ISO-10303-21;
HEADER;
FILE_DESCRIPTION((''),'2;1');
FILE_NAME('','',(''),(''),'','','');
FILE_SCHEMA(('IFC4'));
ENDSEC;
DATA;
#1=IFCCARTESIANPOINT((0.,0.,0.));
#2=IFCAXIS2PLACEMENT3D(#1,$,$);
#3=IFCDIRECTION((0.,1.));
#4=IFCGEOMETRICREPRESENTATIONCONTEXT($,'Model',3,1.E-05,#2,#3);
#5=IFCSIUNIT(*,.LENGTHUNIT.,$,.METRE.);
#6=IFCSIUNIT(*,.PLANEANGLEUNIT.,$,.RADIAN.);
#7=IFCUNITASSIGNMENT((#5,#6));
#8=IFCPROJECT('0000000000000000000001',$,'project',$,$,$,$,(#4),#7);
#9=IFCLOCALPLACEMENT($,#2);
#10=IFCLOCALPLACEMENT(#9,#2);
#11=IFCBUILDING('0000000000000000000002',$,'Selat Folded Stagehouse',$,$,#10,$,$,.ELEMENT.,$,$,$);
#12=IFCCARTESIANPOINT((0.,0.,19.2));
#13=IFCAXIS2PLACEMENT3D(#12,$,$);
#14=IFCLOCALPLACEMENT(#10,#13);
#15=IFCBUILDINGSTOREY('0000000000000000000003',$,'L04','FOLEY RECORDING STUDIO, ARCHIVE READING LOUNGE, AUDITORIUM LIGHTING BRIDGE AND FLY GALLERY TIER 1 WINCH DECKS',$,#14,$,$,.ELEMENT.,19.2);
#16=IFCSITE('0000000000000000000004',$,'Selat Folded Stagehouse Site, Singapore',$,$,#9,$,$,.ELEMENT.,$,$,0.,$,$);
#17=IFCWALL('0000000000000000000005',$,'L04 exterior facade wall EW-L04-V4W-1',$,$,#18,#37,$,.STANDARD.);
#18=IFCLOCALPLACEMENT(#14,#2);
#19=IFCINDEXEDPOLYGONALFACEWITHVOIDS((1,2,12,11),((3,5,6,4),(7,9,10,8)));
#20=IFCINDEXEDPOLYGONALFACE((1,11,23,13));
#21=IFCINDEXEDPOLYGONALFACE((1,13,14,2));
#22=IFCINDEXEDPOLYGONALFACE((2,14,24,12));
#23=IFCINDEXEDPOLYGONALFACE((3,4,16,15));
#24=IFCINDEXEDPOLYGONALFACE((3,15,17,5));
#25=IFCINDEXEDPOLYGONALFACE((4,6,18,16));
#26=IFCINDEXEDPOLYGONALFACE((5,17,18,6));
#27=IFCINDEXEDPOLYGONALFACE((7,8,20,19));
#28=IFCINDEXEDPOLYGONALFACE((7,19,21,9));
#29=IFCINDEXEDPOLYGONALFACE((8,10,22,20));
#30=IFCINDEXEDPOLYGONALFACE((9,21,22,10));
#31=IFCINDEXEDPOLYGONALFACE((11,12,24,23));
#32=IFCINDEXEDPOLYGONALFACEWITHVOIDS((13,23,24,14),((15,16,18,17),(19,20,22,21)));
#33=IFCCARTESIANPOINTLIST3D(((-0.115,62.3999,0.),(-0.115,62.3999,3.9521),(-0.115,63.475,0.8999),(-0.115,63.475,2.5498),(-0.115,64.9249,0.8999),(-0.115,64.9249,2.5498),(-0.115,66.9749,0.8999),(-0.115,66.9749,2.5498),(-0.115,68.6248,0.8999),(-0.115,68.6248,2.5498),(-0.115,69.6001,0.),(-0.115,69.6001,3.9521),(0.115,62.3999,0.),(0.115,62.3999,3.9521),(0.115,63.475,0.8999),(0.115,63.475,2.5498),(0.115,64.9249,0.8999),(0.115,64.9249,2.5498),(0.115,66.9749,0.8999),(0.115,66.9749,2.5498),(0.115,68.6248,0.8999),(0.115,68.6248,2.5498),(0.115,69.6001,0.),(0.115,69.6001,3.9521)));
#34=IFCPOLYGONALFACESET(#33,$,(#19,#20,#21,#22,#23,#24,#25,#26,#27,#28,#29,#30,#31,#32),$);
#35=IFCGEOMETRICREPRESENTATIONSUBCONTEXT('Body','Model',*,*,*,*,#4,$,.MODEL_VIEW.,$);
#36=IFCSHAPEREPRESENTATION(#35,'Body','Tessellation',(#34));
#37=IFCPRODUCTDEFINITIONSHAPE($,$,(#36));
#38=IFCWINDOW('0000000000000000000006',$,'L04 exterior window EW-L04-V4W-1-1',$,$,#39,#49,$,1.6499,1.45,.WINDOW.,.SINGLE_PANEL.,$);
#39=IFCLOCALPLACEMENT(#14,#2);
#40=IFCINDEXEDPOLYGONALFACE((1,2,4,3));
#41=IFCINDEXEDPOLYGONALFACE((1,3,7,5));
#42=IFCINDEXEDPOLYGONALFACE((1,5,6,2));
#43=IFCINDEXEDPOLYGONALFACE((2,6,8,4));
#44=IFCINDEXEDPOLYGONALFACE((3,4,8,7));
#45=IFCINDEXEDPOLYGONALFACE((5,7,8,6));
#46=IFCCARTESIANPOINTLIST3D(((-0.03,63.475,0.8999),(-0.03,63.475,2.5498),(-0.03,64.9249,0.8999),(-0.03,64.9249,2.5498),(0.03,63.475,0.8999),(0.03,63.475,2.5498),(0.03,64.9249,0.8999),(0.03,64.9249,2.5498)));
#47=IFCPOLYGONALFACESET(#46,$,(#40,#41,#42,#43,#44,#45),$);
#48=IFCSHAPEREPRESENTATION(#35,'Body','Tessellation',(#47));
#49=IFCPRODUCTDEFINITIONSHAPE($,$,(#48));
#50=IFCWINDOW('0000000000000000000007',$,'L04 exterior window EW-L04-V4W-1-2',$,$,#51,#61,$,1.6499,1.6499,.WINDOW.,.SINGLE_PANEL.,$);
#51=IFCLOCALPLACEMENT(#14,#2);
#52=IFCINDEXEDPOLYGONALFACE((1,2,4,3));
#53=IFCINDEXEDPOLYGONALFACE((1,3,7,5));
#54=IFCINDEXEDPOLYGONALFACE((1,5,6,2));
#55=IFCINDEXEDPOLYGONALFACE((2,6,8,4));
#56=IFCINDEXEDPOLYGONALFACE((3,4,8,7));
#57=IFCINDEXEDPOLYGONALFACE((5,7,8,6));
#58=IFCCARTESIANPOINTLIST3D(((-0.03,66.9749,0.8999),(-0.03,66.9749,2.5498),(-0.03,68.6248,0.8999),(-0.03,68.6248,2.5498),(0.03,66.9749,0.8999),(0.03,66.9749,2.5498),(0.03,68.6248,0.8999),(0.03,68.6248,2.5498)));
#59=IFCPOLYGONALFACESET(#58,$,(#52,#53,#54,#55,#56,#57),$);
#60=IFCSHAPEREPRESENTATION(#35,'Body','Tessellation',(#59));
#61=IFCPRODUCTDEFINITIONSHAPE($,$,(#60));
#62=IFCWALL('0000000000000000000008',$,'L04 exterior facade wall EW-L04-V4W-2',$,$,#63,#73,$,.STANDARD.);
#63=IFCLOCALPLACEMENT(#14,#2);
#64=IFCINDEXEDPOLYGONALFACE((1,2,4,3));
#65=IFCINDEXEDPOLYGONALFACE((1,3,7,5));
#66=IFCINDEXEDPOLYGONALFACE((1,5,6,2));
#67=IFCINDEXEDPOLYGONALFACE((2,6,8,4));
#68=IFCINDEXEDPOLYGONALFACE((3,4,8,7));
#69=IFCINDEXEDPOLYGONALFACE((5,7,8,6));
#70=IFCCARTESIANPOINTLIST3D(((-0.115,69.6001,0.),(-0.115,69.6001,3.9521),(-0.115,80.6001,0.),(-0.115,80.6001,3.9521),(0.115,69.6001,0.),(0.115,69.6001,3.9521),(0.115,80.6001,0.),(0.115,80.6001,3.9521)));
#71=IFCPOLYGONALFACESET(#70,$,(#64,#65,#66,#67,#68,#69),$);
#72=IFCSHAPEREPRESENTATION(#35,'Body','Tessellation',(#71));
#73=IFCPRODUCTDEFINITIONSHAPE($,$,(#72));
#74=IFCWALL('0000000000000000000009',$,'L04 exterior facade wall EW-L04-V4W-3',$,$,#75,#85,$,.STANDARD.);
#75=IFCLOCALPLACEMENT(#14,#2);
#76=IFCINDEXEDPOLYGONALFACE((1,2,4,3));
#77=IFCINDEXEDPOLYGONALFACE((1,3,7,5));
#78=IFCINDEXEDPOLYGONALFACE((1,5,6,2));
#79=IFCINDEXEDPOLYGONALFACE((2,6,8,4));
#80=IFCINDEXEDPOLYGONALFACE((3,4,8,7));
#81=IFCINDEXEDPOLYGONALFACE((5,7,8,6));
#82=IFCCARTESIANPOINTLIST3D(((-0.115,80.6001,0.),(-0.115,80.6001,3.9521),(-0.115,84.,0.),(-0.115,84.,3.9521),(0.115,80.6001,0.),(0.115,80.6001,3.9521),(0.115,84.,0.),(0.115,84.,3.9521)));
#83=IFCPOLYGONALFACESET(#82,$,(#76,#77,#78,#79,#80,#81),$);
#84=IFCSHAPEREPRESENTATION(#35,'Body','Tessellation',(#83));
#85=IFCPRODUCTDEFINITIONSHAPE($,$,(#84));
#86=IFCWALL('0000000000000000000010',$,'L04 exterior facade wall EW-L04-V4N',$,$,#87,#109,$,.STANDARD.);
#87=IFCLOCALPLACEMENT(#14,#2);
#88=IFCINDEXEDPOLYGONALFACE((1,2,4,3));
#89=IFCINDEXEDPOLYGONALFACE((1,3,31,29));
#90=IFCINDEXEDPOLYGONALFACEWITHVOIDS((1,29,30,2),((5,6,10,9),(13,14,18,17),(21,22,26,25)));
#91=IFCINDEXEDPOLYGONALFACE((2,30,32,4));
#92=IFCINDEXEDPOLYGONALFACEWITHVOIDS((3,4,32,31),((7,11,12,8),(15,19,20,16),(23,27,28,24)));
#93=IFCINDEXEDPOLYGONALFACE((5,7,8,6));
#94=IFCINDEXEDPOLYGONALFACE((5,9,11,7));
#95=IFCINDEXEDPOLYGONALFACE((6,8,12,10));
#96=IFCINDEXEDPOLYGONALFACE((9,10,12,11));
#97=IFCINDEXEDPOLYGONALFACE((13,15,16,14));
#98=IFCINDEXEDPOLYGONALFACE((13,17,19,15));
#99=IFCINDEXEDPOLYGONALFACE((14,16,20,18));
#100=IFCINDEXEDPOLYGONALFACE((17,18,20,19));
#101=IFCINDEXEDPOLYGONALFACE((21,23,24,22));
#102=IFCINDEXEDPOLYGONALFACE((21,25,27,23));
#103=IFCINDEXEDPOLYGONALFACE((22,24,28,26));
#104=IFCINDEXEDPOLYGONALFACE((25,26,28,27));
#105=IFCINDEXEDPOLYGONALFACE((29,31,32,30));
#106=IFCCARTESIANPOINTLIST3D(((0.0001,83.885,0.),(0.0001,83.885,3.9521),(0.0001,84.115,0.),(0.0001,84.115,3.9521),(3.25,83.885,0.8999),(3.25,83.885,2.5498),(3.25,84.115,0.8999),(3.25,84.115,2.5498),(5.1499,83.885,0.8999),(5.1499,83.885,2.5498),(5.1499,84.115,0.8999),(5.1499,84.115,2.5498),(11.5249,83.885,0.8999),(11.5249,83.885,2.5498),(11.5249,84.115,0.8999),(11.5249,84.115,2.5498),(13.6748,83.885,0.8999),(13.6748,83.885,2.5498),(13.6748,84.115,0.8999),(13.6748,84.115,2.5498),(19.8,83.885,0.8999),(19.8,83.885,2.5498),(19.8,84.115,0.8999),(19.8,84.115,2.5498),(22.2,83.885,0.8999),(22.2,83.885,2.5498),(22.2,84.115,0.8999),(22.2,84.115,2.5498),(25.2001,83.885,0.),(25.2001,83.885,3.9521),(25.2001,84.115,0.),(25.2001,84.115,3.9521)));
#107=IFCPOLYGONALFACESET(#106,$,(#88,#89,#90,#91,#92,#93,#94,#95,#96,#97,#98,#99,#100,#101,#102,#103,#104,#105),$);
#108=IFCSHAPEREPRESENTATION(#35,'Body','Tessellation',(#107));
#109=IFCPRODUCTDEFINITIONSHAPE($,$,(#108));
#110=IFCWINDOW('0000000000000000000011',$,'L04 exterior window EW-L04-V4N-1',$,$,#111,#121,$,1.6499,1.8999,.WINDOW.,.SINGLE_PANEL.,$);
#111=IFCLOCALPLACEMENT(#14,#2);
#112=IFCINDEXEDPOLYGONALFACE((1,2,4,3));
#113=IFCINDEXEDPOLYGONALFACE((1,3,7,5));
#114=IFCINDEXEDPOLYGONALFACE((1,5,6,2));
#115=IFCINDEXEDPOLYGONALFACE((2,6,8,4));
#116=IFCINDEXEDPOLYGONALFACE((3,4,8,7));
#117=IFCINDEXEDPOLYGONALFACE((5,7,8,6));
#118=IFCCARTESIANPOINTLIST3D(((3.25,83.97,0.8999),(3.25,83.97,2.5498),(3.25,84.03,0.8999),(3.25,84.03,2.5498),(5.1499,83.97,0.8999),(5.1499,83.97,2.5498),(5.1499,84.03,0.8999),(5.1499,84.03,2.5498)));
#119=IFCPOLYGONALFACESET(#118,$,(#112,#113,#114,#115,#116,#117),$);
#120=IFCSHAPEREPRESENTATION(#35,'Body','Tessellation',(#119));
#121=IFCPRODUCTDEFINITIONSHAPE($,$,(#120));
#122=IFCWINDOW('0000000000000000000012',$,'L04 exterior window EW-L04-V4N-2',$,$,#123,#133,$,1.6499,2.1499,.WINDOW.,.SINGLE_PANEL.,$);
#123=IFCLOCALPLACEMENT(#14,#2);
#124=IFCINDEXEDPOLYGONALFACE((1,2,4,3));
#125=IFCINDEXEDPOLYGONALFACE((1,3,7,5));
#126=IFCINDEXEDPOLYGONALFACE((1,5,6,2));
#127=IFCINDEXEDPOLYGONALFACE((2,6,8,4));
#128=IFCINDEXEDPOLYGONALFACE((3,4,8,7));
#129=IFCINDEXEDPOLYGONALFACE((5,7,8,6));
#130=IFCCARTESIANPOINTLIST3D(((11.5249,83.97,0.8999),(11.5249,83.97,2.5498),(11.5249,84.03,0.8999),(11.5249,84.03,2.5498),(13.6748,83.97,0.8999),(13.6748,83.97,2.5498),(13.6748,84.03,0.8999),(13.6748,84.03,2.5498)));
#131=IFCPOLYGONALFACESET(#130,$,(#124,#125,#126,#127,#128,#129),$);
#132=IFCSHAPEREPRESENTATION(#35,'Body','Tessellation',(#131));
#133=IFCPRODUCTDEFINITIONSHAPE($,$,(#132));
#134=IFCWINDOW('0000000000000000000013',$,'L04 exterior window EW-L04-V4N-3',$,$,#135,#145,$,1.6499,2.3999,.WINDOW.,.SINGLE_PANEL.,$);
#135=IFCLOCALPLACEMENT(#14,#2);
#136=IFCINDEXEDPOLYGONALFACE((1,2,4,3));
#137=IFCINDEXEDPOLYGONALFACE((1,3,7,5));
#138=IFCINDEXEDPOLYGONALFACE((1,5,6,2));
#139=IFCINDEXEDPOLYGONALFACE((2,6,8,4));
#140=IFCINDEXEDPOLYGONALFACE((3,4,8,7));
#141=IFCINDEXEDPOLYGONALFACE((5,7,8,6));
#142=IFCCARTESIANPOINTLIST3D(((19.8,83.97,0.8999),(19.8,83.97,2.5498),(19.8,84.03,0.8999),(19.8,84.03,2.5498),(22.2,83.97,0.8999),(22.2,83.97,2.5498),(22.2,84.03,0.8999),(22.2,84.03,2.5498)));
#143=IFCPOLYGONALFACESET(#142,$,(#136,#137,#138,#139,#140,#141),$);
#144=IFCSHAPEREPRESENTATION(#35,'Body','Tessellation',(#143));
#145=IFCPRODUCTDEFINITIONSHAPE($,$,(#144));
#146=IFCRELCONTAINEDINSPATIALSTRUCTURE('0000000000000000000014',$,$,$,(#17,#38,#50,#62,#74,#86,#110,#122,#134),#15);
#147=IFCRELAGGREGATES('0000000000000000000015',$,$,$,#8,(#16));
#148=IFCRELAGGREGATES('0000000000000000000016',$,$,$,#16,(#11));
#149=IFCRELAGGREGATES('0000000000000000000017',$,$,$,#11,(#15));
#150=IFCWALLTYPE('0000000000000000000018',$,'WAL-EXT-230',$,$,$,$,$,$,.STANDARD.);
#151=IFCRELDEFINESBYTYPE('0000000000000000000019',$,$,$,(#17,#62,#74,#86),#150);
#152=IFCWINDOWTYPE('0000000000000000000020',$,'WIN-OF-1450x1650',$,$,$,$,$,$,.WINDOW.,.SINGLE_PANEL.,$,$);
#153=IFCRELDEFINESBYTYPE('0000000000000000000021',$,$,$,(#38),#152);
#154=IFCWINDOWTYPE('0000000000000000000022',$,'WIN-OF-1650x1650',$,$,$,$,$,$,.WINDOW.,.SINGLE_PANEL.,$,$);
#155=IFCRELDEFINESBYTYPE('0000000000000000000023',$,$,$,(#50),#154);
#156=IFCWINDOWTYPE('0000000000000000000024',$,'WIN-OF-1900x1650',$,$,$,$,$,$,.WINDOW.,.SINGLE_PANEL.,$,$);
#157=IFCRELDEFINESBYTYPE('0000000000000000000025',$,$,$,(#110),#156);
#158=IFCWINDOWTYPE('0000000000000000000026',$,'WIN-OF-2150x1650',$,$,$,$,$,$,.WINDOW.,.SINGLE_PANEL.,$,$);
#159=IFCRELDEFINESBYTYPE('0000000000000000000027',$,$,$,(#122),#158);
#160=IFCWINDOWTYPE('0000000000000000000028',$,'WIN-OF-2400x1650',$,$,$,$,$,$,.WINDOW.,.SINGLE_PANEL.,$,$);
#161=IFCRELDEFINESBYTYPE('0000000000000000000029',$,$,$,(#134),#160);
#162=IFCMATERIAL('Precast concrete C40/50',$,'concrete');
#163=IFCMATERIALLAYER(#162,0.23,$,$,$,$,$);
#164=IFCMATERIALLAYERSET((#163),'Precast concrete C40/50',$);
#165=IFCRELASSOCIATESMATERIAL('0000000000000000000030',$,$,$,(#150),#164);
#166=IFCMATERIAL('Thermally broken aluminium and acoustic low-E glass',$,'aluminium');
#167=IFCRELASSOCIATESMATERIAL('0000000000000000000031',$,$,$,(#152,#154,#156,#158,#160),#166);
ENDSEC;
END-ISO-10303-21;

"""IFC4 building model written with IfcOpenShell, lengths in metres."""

from ifc_helpers import new_model, si_unit, direction, frame, frame_2d, origin, place, context, subcontext, project, spatial, rectangle, extrude, material, layer, layer_set, type_object, element, fill, save


model = new_model("IFC4")

# Units and contexts
model_context = context("Model", 3, precision=1e-05, world=origin(), true_north=direction((0.0, 1.0)))
body_context = subcontext(model_context, "Body", "Model", "MODEL_VIEW")
ifc_project = project(units=[si_unit("LENGTHUNIT", "METRE"), si_unit("PLANEANGLEUNIT", "RADIAN")], contexts=[model_context])

# Site, building, storey
site_placement = place(None, origin())
site = spatial("IfcSite", under=ifc_project, at=site_placement, Name="Selat Folded Stagehouse Site, Singapore", CompositionType="ELEMENT", RefElevation=0.0)
building_placement = place(site_placement, origin())
building = spatial("IfcBuilding", under=site, at=building_placement, Name="Selat Folded Stagehouse", CompositionType="ELEMENT")
storey_placement = place(building_placement, frame((0.0, 0.0, 19.2)))
storey = spatial("IfcBuildingStorey", under=building, at=storey_placement, Name="L04", Description="FOLEY RECORDING STUDIO, ARCHIVE READING LOUNGE, AUDITORIUM LIGHTING BRIDGE AND FLY GALLERY TIER 1 WINCH DECKS", CompositionType="ELEMENT", Elevation=19.2)

# Wall, openings, windows
ifc_material_1 = material(Name="Precast concrete C40/50", Category="concrete")
ifc_layer_1 = layer(ifc_material_1, 0.23)
ifc_layer_set_1 = layer_set([ifc_layer_1], Name="Precast concrete C40/50")
wall_type_1 = type_object("IfcWallType", Name="WAL-EXT-230", PredefinedType="STANDARD", material=ifc_layer_set_1)
wall_1_placement = place(storey_placement, frame((0.0, 62.3999, 0.0), z_axis=(0.0, 0.0, 1.0), x_axis=(0.0, 1.0, 0.0)))
wall_1 = element("IfcWall", 1, at=wall_1_placement, inside=storey, type_object=wall_type_1, Name="L04 exterior facade wall EW-L04-V4W-1", PredefinedType="STANDARD", context=body_context, shape_type="SweptSolid", body=[
    extrude(rectangle(XDim=7.2002, YDim=0.23, at=frame_2d((3.6001, 0.0))), origin(), (0.0, 0.0, 1.0), 3.9521),
])
opening_1_placement = place(wall_1_placement, frame((1.075, 0.0, 0.8999)))
opening_1 = element("IfcOpeningElement", 2, at=opening_1_placement, cuts=wall_1, PredefinedType="OPENING", context=body_context, shape_type="SweptSolid", body=[
    extrude(rectangle(XDim=1.45, YDim=1.6499, at=frame_2d((0.7251, 0.825))), frame((0.0, 0.125, 0.0), z_axis=(0.0, -1.0, 0.0), x_axis=(1.0, 0.0, 0.0)), (0.0, 0.0, 1.0), 0.25),
])
opening_2_placement = place(wall_1_placement, frame((4.575, 0.0, 0.8999)))
opening_2 = element("IfcOpeningElement", 3, at=opening_2_placement, cuts=wall_1, PredefinedType="OPENING", context=body_context, shape_type="SweptSolid", body=[
    extrude(rectangle(XDim=1.6499, YDim=1.6499, at=frame_2d((0.825, 0.825))), frame((0.0, 0.125, 0.0), z_axis=(0.0, -1.0, 0.0), x_axis=(1.0, 0.0, 0.0)), (0.0, 0.0, 1.0), 0.25),
])
ifc_material_2 = material(Name="Thermally broken aluminium and acoustic low-E glass", Category="aluminium")
window_type_1 = type_object("IfcWindowType", Name="WIN-OF-1450x1650", PartitioningType="SINGLE_PANEL", PredefinedType="WINDOW", material=ifc_material_2)
window_1_placement = place(opening_1_placement, origin())
window_1 = element("IfcWindow", 4, at=window_1_placement, inside=storey, type_object=window_type_1, Name="L04 exterior window EW-L04-V4W-1-1", OverallHeight=1.6499, OverallWidth=1.45, PartitioningType="SINGLE_PANEL", PredefinedType="WINDOW", context=body_context, shape_type="SweptSolid", body=[
    extrude(rectangle(XDim=1.45, YDim=1.6499, at=frame_2d((0.7251, 0.825))), frame((0.0, 0.03, 0.0), z_axis=(0.0, -1.0, 0.0), x_axis=(1.0, 0.0, 0.0)), (0.0, 0.0, 1.0), 0.0601),
])
fill(opening_1, window_1)
window_type_2 = type_object("IfcWindowType", Name="WIN-OF-1650x1650", PartitioningType="SINGLE_PANEL", PredefinedType="WINDOW", material=ifc_material_2)
window_2_placement = place(opening_2_placement, origin())
window_2 = element("IfcWindow", 5, at=window_2_placement, inside=storey, type_object=window_type_2, Name="L04 exterior window EW-L04-V4W-1-2", OverallHeight=1.6499, OverallWidth=1.6499, PartitioningType="SINGLE_PANEL", PredefinedType="WINDOW", context=body_context, shape_type="SweptSolid", body=[
    extrude(rectangle(XDim=1.6499, YDim=1.6499, at=frame_2d((0.825, 0.825))), frame((0.0, 0.03, 0.0), z_axis=(0.0, -1.0, 0.0), x_axis=(1.0, 0.0, 0.0)), (0.0, 0.0, 1.0), 0.0601),
])
fill(opening_2, window_2)

# Walls
wall_2_placement = place(storey_placement, frame((0.0, 69.6001, 0.0), z_axis=(0.0, 0.0, 1.0), x_axis=(0.0, 1.0, 0.0)))
element("IfcWall", 6, at=wall_2_placement, inside=storey, type_object=wall_type_1, Name="L04 exterior facade wall EW-L04-V4W-2", PredefinedType="STANDARD", context=body_context, shape_type="SweptSolid", body=[
    extrude(rectangle(XDim=11.0, YDim=0.23, at=frame_2d((5.5, 0.0))), origin(), (0.0, 0.0, 1.0), 3.9521),
])
wall_3_placement = place(storey_placement, frame((0.0, 80.6001, 0.0), z_axis=(0.0, 0.0, 1.0), x_axis=(0.0, 1.0, 0.0)))
element("IfcWall", 7, at=wall_3_placement, inside=storey, type_object=wall_type_1, Name="L04 exterior facade wall EW-L04-V4W-3", PredefinedType="STANDARD", context=body_context, shape_type="SweptSolid", body=[
    extrude(rectangle(XDim=3.3999, YDim=0.23, at=frame_2d((1.7, 0.0))), origin(), (0.0, 0.0, 1.0), 3.9521),
])

# Wall, openings, windows
wall_4_placement = place(storey_placement, frame((0.0, 84.0, 0.0), z_axis=(0.0, 0.0, 1.0), x_axis=(1.0, 0.0, 0.0)))
wall_4 = element("IfcWall", 8, at=wall_4_placement, inside=storey, type_object=wall_type_1, Name="L04 exterior facade wall EW-L04-V4N", PredefinedType="STANDARD", context=body_context, shape_type="SweptSolid", body=[
    extrude(rectangle(XDim=25.2, YDim=0.23, at=frame_2d((12.6001, 0.0))), origin(), (0.0, 0.0, 1.0), 3.9521),
])
opening_3_placement = place(wall_4_placement, frame((3.25, 0.0, 0.8999)))
opening_3 = element("IfcOpeningElement", 9, at=opening_3_placement, cuts=wall_4, PredefinedType="OPENING", context=body_context, shape_type="SweptSolid", body=[
    extrude(rectangle(XDim=1.8999, YDim=1.6499, at=frame_2d((0.95, 0.825))), frame((0.0, 0.125, 0.0), z_axis=(0.0, -1.0, 0.0), x_axis=(1.0, 0.0, 0.0)), (0.0, 0.0, 1.0), 0.25),
])
opening_4_placement = place(wall_4_placement, frame((11.5249, 0.0, 0.8999)))
opening_4 = element("IfcOpeningElement", 10, at=opening_4_placement, cuts=wall_4, PredefinedType="OPENING", context=body_context, shape_type="SweptSolid", body=[
    extrude(rectangle(XDim=2.1499, YDim=1.6499, at=frame_2d((1.075, 0.825))), frame((0.0, 0.125, 0.0), z_axis=(0.0, -1.0, 0.0), x_axis=(1.0, 0.0, 0.0)), (0.0, 0.0, 1.0), 0.25),
])
opening_5_placement = place(wall_4_placement, frame((19.8, 0.0, 0.8999)))
opening_5 = element("IfcOpeningElement", 11, at=opening_5_placement, cuts=wall_4, PredefinedType="OPENING", context=body_context, shape_type="SweptSolid", body=[
    extrude(rectangle(XDim=2.3999, YDim=1.6499, at=frame_2d((1.2, 0.825))), frame((0.0, 0.125, 0.0), z_axis=(0.0, -1.0, 0.0), x_axis=(1.0, 0.0, 0.0)), (0.0, 0.0, 1.0), 0.25),
])
window_type_3 = type_object("IfcWindowType", Name="WIN-OF-1900x1650", PartitioningType="SINGLE_PANEL", PredefinedType="WINDOW", material=ifc_material_2)
window_3_placement = place(opening_3_placement, origin())
window_3 = element("IfcWindow", 12, at=window_3_placement, inside=storey, type_object=window_type_3, Name="L04 exterior window EW-L04-V4N-1", OverallHeight=1.6499, OverallWidth=1.8999, PartitioningType="SINGLE_PANEL", PredefinedType="WINDOW", context=body_context, shape_type="SweptSolid", body=[
    extrude(rectangle(XDim=1.8999, YDim=1.6499, at=frame_2d((0.95, 0.825))), frame((0.0, 0.03, 0.0), z_axis=(0.0, -1.0, 0.0), x_axis=(1.0, 0.0, 0.0)), (0.0, 0.0, 1.0), 0.0601),
])
fill(opening_3, window_3)
window_type_4 = type_object("IfcWindowType", Name="WIN-OF-2150x1650", PartitioningType="SINGLE_PANEL", PredefinedType="WINDOW", material=ifc_material_2)
window_4_placement = place(opening_4_placement, origin())
window_4 = element("IfcWindow", 13, at=window_4_placement, inside=storey, type_object=window_type_4, Name="L04 exterior window EW-L04-V4N-2", OverallHeight=1.6499, OverallWidth=2.1499, PartitioningType="SINGLE_PANEL", PredefinedType="WINDOW", context=body_context, shape_type="SweptSolid", body=[
    extrude(rectangle(XDim=2.1499, YDim=1.6499, at=frame_2d((1.075, 0.825))), frame((0.0, 0.03, 0.0), z_axis=(0.0, -1.0, 0.0), x_axis=(1.0, 0.0, 0.0)), (0.0, 0.0, 1.0), 0.0601),
])
fill(opening_4, window_4)
window_type_5 = type_object("IfcWindowType", Name="WIN-OF-2400x1650", PartitioningType="SINGLE_PANEL", PredefinedType="WINDOW", material=ifc_material_2)
window_5_placement = place(opening_5_placement, origin())
window_5 = element("IfcWindow", 14, at=window_5_placement, inside=storey, type_object=window_type_5, Name="L04 exterior window EW-L04-V4N-3", OverallHeight=1.6499, OverallWidth=2.3999, PartitioningType="SINGLE_PANEL", PredefinedType="WINDOW", context=body_context, shape_type="SweptSolid", body=[
    extrude(rectangle(XDim=2.3999, YDim=1.6499, at=frame_2d((1.2, 0.825))), frame((0.0, 0.03, 0.0), z_axis=(0.0, -1.0, 0.0), x_axis=(1.0, 0.0, 0.0)), (0.0, 0.0, 1.0), 0.0601),
])
fill(opening_5, window_5)

save(model, "model.ifc")
